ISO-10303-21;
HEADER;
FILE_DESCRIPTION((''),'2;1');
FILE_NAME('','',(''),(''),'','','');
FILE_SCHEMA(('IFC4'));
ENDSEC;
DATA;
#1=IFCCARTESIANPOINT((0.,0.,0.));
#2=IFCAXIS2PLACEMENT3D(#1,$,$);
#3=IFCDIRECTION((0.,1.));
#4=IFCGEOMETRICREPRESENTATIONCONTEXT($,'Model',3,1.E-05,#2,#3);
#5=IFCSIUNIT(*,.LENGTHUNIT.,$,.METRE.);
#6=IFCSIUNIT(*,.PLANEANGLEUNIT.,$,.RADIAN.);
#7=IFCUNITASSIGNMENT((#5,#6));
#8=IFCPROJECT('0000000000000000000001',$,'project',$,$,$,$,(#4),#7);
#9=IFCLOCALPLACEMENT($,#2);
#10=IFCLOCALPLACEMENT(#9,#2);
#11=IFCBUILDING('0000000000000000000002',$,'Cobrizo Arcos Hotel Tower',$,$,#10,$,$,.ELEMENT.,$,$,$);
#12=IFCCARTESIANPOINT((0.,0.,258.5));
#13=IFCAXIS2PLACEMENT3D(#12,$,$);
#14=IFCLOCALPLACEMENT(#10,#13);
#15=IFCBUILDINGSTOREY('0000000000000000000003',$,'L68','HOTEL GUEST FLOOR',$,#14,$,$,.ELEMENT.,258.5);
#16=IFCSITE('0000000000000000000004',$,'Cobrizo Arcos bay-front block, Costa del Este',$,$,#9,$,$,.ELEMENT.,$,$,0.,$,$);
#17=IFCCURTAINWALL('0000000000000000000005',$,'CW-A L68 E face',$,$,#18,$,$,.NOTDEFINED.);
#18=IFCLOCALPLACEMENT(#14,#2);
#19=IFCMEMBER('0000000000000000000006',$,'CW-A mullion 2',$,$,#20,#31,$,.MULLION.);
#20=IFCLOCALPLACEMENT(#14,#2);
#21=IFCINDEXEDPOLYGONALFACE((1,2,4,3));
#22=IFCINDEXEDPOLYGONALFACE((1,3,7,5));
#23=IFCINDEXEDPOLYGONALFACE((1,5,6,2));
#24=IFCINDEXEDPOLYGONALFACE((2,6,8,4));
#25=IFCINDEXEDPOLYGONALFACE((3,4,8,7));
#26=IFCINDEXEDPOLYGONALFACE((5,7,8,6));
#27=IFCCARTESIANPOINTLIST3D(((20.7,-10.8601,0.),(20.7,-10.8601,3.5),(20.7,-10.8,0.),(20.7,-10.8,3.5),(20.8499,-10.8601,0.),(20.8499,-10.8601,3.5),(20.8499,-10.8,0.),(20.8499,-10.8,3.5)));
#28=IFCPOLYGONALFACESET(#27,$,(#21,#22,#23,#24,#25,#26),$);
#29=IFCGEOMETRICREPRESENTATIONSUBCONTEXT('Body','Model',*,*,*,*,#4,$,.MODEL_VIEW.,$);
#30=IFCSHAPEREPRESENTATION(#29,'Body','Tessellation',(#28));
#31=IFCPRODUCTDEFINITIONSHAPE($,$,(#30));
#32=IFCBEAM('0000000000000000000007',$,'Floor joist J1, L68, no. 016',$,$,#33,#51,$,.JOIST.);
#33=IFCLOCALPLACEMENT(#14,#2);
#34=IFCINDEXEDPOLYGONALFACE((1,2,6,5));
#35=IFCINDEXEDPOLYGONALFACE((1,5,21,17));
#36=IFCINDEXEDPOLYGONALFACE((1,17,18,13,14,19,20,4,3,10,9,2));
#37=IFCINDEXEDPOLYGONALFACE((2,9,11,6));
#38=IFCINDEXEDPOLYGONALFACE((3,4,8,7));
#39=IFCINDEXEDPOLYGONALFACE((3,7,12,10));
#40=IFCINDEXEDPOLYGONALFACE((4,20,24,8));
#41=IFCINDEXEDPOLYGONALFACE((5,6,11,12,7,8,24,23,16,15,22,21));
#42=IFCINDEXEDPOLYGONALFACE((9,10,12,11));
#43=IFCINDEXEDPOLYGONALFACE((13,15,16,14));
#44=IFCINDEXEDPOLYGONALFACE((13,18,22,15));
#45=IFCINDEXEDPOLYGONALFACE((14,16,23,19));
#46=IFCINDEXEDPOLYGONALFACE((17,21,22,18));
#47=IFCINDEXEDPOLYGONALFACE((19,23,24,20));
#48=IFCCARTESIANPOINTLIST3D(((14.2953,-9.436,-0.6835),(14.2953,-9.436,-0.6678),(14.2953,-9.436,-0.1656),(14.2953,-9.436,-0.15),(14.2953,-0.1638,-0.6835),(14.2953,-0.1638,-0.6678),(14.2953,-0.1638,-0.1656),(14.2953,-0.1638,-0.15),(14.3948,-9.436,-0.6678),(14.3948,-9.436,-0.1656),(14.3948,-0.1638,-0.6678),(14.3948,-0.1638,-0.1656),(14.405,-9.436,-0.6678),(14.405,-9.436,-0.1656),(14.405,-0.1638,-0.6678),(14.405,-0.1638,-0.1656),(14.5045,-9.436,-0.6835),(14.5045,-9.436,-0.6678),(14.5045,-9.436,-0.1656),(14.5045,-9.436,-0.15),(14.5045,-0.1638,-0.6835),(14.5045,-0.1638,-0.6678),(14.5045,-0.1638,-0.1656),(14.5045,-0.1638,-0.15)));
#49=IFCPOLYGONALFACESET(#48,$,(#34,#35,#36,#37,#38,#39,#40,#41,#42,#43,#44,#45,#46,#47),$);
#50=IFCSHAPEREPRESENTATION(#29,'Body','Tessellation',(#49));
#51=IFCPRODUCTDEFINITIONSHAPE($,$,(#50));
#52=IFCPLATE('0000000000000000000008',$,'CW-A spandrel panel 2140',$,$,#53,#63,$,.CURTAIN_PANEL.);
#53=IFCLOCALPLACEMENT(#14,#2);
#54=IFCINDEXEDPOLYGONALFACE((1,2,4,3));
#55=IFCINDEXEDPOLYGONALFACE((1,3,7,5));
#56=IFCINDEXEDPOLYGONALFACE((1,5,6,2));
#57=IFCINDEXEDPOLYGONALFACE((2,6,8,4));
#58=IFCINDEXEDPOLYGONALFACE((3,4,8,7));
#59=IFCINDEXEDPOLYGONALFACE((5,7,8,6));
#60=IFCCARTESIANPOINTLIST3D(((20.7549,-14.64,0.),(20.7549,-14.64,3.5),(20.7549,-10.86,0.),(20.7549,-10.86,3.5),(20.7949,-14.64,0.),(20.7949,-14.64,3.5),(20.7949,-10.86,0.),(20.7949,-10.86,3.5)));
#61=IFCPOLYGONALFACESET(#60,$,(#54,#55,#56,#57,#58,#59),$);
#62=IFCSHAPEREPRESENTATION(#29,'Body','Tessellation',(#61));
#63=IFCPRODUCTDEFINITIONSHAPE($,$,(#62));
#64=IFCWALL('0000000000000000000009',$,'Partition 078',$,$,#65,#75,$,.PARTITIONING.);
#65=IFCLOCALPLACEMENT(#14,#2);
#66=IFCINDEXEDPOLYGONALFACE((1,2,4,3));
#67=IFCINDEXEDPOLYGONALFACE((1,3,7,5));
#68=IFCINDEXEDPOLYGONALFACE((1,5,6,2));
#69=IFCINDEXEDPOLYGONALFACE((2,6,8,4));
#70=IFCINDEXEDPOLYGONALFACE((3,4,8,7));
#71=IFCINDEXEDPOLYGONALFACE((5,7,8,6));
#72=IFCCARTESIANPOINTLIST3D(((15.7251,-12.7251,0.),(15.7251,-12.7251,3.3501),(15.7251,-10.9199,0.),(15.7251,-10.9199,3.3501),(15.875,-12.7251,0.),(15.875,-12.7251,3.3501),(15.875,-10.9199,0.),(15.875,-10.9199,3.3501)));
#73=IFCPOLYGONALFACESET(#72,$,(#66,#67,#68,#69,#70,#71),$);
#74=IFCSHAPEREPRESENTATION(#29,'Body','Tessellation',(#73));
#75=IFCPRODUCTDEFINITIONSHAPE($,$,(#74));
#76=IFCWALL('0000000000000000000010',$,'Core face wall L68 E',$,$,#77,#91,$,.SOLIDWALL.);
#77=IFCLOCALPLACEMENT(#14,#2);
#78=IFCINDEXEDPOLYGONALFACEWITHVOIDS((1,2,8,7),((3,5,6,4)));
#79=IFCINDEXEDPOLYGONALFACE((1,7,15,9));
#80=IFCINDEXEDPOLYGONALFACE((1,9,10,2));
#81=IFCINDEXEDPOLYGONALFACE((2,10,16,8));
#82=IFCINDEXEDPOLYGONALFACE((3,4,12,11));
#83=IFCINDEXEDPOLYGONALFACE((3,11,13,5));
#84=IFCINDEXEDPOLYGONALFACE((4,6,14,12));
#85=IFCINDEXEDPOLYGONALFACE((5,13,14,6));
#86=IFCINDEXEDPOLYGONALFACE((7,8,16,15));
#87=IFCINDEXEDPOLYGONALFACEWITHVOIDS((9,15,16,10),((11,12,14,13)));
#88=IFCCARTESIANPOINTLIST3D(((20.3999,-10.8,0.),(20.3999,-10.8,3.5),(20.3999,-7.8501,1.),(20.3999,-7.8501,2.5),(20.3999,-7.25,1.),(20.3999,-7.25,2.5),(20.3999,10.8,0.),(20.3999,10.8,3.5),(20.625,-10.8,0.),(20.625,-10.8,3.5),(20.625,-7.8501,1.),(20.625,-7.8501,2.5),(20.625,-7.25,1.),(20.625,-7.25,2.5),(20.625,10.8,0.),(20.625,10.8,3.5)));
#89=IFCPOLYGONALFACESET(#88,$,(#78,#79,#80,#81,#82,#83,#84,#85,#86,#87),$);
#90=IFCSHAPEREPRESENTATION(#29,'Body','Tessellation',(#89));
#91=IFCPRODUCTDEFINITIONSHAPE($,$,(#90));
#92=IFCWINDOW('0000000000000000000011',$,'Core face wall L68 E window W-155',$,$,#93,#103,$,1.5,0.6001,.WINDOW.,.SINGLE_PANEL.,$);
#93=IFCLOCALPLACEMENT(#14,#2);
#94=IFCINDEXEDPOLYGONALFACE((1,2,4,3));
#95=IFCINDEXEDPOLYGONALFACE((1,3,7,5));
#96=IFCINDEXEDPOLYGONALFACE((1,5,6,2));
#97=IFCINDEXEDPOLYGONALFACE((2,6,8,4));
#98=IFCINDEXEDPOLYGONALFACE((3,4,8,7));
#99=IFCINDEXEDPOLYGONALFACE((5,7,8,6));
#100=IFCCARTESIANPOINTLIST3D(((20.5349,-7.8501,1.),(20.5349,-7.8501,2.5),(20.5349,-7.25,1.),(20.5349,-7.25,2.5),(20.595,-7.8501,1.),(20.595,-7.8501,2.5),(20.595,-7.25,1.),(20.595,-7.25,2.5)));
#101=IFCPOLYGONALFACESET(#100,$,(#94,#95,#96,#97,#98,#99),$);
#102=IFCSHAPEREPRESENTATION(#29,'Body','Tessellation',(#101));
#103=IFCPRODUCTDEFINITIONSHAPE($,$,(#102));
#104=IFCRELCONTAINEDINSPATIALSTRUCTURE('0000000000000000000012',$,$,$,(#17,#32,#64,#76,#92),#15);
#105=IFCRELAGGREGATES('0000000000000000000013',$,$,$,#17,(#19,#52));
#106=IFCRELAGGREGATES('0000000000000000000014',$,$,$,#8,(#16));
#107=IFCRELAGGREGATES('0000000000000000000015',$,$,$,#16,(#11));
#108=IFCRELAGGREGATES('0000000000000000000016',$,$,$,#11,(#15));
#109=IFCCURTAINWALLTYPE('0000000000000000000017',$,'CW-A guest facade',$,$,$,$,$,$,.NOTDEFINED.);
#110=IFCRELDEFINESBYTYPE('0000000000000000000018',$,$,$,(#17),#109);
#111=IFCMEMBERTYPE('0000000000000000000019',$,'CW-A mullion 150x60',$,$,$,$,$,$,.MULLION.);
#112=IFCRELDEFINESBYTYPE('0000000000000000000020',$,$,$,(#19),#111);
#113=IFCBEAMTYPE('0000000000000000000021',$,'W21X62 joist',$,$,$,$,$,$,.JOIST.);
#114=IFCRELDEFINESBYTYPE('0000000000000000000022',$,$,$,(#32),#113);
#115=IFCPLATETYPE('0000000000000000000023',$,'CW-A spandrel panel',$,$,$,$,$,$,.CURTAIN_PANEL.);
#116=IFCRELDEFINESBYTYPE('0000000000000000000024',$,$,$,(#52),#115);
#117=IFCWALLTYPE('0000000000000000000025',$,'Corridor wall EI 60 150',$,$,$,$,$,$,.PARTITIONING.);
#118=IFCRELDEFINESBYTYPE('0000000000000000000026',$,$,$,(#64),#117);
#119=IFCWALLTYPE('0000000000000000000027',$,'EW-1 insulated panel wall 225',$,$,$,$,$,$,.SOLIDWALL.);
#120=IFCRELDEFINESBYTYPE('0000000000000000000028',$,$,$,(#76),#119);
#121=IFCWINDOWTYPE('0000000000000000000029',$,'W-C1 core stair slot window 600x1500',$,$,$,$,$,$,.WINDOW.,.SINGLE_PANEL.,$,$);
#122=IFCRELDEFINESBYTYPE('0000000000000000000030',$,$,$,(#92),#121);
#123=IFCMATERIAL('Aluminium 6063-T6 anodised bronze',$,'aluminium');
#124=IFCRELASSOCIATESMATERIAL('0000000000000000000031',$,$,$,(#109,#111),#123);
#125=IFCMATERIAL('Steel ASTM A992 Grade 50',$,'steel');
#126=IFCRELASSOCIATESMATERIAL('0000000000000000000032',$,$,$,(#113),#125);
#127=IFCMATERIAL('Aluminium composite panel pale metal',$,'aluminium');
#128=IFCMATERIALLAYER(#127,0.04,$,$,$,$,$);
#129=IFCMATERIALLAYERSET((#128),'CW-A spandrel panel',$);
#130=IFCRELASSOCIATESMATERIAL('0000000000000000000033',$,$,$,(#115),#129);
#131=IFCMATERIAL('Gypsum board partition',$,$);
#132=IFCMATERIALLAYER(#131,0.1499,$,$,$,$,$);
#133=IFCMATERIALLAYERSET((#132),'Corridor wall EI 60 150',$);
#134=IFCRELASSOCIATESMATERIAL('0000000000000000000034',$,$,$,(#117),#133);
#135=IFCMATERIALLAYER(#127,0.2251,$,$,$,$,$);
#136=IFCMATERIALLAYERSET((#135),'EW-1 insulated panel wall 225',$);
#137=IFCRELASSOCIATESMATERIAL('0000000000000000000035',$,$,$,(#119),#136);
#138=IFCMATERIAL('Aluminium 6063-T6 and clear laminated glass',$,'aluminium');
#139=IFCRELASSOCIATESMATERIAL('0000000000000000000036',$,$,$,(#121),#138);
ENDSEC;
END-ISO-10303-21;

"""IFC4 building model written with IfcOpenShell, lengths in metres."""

from ifc_helpers import new_model, si_unit, direction, frame, frame_2d, origin, origin_2d, place, context, subcontext, project, spatial, rectangle, i_section, extrude, material, layer, layer_set, material_profile, profile_set, type_object, element, fill, aggregate, save


model = new_model("IFC4")

# Units and contexts
model_context = context("Model", 3, precision=1e-05, world=origin(), true_north=direction((0.0, 1.0)))
body_context = subcontext(model_context, "Body", "Model", "MODEL_VIEW")
ifc_project = project(units=[si_unit("LENGTHUNIT", "METRE"), si_unit("PLANEANGLEUNIT", "RADIAN")], contexts=[model_context])

# Site, building, storey
site_placement = place(None, origin())
site = spatial("IfcSite", under=ifc_project, at=site_placement, Name="Cobrizo Arcos bay-front block, Costa del Este", CompositionType="ELEMENT", RefElevation=0.0)
building_placement = place(site_placement, origin())
building = spatial("IfcBuilding", under=site, at=building_placement, Name="Cobrizo Arcos Hotel Tower", CompositionType="ELEMENT")
storey_placement = place(building_placement, frame((0.0, 0.0, 258.5)))
storey = spatial("IfcBuildingStorey", under=building, at=storey_placement, Name="L68", Description="HOTEL GUEST FLOOR", CompositionType="ELEMENT", Elevation=258.5)

# Curtain wall, member
ifc_material_1 = material(Name="Aluminium 6063-T6 anodised bronze", Category="aluminium")
curtain_wall_type = type_object("IfcCurtainWallType", Name="CW-A guest facade", PredefinedType="NOTDEFINED", material=ifc_material_1)
curtain_wall_placement = place(storey_placement, origin())
curtain_wall = element("IfcCurtainWall", 1, at=curtain_wall_placement, inside=storey, type_object=curtain_wall_type, Name="CW-A L68 E face", PredefinedType="NOTDEFINED")
ifc_material_profile_1 = material_profile(ifc_material_1, rectangle(XDim=0.1499, YDim=0.0601, at=origin_2d()), Name="CW-A mullion 150x60")
ifc_profile_set_1 = profile_set([ifc_material_profile_1], Name="Aluminium 6063-T6 anodised bronze")
member_type = type_object("IfcMemberType", Name="CW-A mullion 150x60", PredefinedType="MULLION", material=ifc_profile_set_1)
member_placement = place(storey_placement, frame((20.7749, -10.8301, 0.0), z_axis=(0.0, 0.0, 1.0), x_axis=(1.0, 0.0, 0.0)))
member = element("IfcMember", 2, at=member_placement, type_object=member_type, Name="CW-A mullion 2", PredefinedType="MULLION", context=body_context, shape_type="SweptSolid", body=[
    extrude(rectangle(XDim=0.1499, YDim=0.0601, at=origin_2d()), origin(), (0.0, 0.0, 1.0), 3.5),
])

# Beam
ifc_material_2 = material(Name="Steel ASTM A992 Grade 50", Category="steel")
ifc_material_profile_2 = material_profile(ifc_material_2, i_section(OverallWidth=0.2092, OverallDepth=0.5334, WebThickness=0.0103, FlangeThickness=0.0156, at=origin_2d()), Name="W21X62")
ifc_profile_set_2 = profile_set([ifc_material_profile_2], Name="Steel ASTM A992 Grade 50")
beam_type = type_object("IfcBeamType", Name="W21X62 joist", PredefinedType="JOIST", material=ifc_profile_set_2)
beam_placement = place(storey_placement, frame((14.3999, -9.436, -0.4167), z_axis=(0.0, 1.0, 0.0), x_axis=(-1.0, 0.0, 0.0)))
element("IfcBeam", 3, at=beam_placement, inside=storey, type_object=beam_type, Name="Floor joist J1, L68, no. 016", PredefinedType="JOIST", context=body_context, shape_type="SweptSolid", body=[
    extrude(i_section(OverallWidth=0.2092, OverallDepth=0.5334, WebThickness=0.0103, FlangeThickness=0.0156, at=origin_2d()), origin(), (0.0, 0.0, 1.0), 9.2722),
])

# Plate
ifc_material_3 = material(Name="Aluminium composite panel pale metal", Category="aluminium")
ifc_layer_1 = layer(ifc_material_3, 0.04)
ifc_layer_set_1 = layer_set([ifc_layer_1], Name="CW-A spandrel panel")
plate_type = type_object("IfcPlateType", Name="CW-A spandrel panel", PredefinedType="CURTAIN_PANEL", material=ifc_layer_set_1)
plate_placement = place(storey_placement, frame((20.7749, -12.75, 0.0), z_axis=(0.0, 0.0, 1.0), x_axis=(0.0, 1.0, 0.0)))
plate = element("IfcPlate", 4, at=plate_placement, type_object=plate_type, Name="CW-A spandrel panel 2140", PredefinedType="CURTAIN_PANEL", context=body_context, shape_type="SweptSolid", body=[
    extrude(rectangle(XDim=3.78, YDim=0.04, at=origin_2d()), origin(), (0.0, 0.0, 1.0), 3.5),
])
aggregate(curtain_wall, [member, plate])

# Wall
ifc_material_4 = material(Name="Gypsum board partition")
ifc_layer_2 = layer(ifc_material_4, 0.1499)
ifc_layer_set_2 = layer_set([ifc_layer_2], Name="Corridor wall EI 60 150")
wall_type_1 = type_object("IfcWallType", Name="Corridor wall EI 60 150", PredefinedType="PARTITIONING", material=ifc_layer_set_2)
wall_1_placement = place(storey_placement, frame((15.8, -12.7251, 0.0), z_axis=(0.0, 0.0, 1.0), x_axis=(0.0, 1.0, 0.0)))
element("IfcWall", 5, at=wall_1_placement, inside=storey, type_object=wall_type_1, Name="Partition 078", PredefinedType="PARTITIONING", context=body_context, shape_type="SweptSolid", body=[
    extrude(rectangle(XDim=1.8052, YDim=0.1499, at=frame_2d((0.9026, 0.0))), origin(), (0.0, 0.0, 1.0), 3.3501),
])

# Wall, opening, window
ifc_layer_3 = layer(ifc_material_3, 0.2251)
ifc_layer_set_3 = layer_set([ifc_layer_3], Name="EW-1 insulated panel wall 225")
wall_type_2 = type_object("IfcWallType", Name="EW-1 insulated panel wall 225", PredefinedType="SOLIDWALL", material=ifc_layer_set_3)
wall_2_placement = place(storey_placement, frame((20.5125, -10.8, 0.0), z_axis=(0.0, 0.0, 1.0), x_axis=(0.0, 1.0, 0.0)))
wall_2 = element("IfcWall", 6, at=wall_2_placement, inside=storey, type_object=wall_type_2, Name="Core face wall L68 E", PredefinedType="SOLIDWALL", context=body_context, shape_type="SweptSolid", body=[
    extrude(rectangle(XDim=21.6001, YDim=0.2251, at=frame_2d((10.8, 0.0))), origin(), (0.0, 0.0, 1.0), 3.5),
])
opening_1_placement = place(wall_2_placement, frame((2.95, 0.0, 1.0)))
opening_1 = element("IfcOpeningElement", 7, at=opening_1_placement, cuts=wall_2, PredefinedType="OPENING", context=body_context, shape_type="SweptSolid", body=[
    extrude(rectangle(XDim=0.6001, YDim=1.5, at=frame_2d((0.3, 0.75))), frame((0.0, 0.1245, 0.0), z_axis=(0.0, -1.0, 0.0), x_axis=(1.0, 0.0, 0.0)), (0.0, 0.0, 1.0), 0.249),
])
ifc_material_5 = material(Name="Aluminium 6063-T6 and clear laminated glass", Category="aluminium")
window_type = type_object("IfcWindowType", Name="W-C1 core stair slot window 600x1500", PartitioningType="SINGLE_PANEL", PredefinedType="WINDOW", material=ifc_material_5)
window_placement = place(opening_1_placement, origin())
window = element("IfcWindow", 8, at=window_placement, inside=storey, type_object=window_type, Name="Core face wall L68 E window W-155", OverallHeight=1.5, OverallWidth=0.6001, PartitioningType="SINGLE_PANEL", PredefinedType="WINDOW", context=body_context, shape_type="SweptSolid", body=[
    extrude(rectangle(XDim=0.6001, YDim=1.5, at=frame_2d((0.3, 0.75))), frame((0.0, -0.0225, 0.0), z_axis=(0.0, -1.0, 0.0), x_axis=(1.0, 0.0, 0.0)), (0.0, 0.0, 1.0), 0.0601),
])
fill(opening_1, window)

save(model, "model.ifc")
